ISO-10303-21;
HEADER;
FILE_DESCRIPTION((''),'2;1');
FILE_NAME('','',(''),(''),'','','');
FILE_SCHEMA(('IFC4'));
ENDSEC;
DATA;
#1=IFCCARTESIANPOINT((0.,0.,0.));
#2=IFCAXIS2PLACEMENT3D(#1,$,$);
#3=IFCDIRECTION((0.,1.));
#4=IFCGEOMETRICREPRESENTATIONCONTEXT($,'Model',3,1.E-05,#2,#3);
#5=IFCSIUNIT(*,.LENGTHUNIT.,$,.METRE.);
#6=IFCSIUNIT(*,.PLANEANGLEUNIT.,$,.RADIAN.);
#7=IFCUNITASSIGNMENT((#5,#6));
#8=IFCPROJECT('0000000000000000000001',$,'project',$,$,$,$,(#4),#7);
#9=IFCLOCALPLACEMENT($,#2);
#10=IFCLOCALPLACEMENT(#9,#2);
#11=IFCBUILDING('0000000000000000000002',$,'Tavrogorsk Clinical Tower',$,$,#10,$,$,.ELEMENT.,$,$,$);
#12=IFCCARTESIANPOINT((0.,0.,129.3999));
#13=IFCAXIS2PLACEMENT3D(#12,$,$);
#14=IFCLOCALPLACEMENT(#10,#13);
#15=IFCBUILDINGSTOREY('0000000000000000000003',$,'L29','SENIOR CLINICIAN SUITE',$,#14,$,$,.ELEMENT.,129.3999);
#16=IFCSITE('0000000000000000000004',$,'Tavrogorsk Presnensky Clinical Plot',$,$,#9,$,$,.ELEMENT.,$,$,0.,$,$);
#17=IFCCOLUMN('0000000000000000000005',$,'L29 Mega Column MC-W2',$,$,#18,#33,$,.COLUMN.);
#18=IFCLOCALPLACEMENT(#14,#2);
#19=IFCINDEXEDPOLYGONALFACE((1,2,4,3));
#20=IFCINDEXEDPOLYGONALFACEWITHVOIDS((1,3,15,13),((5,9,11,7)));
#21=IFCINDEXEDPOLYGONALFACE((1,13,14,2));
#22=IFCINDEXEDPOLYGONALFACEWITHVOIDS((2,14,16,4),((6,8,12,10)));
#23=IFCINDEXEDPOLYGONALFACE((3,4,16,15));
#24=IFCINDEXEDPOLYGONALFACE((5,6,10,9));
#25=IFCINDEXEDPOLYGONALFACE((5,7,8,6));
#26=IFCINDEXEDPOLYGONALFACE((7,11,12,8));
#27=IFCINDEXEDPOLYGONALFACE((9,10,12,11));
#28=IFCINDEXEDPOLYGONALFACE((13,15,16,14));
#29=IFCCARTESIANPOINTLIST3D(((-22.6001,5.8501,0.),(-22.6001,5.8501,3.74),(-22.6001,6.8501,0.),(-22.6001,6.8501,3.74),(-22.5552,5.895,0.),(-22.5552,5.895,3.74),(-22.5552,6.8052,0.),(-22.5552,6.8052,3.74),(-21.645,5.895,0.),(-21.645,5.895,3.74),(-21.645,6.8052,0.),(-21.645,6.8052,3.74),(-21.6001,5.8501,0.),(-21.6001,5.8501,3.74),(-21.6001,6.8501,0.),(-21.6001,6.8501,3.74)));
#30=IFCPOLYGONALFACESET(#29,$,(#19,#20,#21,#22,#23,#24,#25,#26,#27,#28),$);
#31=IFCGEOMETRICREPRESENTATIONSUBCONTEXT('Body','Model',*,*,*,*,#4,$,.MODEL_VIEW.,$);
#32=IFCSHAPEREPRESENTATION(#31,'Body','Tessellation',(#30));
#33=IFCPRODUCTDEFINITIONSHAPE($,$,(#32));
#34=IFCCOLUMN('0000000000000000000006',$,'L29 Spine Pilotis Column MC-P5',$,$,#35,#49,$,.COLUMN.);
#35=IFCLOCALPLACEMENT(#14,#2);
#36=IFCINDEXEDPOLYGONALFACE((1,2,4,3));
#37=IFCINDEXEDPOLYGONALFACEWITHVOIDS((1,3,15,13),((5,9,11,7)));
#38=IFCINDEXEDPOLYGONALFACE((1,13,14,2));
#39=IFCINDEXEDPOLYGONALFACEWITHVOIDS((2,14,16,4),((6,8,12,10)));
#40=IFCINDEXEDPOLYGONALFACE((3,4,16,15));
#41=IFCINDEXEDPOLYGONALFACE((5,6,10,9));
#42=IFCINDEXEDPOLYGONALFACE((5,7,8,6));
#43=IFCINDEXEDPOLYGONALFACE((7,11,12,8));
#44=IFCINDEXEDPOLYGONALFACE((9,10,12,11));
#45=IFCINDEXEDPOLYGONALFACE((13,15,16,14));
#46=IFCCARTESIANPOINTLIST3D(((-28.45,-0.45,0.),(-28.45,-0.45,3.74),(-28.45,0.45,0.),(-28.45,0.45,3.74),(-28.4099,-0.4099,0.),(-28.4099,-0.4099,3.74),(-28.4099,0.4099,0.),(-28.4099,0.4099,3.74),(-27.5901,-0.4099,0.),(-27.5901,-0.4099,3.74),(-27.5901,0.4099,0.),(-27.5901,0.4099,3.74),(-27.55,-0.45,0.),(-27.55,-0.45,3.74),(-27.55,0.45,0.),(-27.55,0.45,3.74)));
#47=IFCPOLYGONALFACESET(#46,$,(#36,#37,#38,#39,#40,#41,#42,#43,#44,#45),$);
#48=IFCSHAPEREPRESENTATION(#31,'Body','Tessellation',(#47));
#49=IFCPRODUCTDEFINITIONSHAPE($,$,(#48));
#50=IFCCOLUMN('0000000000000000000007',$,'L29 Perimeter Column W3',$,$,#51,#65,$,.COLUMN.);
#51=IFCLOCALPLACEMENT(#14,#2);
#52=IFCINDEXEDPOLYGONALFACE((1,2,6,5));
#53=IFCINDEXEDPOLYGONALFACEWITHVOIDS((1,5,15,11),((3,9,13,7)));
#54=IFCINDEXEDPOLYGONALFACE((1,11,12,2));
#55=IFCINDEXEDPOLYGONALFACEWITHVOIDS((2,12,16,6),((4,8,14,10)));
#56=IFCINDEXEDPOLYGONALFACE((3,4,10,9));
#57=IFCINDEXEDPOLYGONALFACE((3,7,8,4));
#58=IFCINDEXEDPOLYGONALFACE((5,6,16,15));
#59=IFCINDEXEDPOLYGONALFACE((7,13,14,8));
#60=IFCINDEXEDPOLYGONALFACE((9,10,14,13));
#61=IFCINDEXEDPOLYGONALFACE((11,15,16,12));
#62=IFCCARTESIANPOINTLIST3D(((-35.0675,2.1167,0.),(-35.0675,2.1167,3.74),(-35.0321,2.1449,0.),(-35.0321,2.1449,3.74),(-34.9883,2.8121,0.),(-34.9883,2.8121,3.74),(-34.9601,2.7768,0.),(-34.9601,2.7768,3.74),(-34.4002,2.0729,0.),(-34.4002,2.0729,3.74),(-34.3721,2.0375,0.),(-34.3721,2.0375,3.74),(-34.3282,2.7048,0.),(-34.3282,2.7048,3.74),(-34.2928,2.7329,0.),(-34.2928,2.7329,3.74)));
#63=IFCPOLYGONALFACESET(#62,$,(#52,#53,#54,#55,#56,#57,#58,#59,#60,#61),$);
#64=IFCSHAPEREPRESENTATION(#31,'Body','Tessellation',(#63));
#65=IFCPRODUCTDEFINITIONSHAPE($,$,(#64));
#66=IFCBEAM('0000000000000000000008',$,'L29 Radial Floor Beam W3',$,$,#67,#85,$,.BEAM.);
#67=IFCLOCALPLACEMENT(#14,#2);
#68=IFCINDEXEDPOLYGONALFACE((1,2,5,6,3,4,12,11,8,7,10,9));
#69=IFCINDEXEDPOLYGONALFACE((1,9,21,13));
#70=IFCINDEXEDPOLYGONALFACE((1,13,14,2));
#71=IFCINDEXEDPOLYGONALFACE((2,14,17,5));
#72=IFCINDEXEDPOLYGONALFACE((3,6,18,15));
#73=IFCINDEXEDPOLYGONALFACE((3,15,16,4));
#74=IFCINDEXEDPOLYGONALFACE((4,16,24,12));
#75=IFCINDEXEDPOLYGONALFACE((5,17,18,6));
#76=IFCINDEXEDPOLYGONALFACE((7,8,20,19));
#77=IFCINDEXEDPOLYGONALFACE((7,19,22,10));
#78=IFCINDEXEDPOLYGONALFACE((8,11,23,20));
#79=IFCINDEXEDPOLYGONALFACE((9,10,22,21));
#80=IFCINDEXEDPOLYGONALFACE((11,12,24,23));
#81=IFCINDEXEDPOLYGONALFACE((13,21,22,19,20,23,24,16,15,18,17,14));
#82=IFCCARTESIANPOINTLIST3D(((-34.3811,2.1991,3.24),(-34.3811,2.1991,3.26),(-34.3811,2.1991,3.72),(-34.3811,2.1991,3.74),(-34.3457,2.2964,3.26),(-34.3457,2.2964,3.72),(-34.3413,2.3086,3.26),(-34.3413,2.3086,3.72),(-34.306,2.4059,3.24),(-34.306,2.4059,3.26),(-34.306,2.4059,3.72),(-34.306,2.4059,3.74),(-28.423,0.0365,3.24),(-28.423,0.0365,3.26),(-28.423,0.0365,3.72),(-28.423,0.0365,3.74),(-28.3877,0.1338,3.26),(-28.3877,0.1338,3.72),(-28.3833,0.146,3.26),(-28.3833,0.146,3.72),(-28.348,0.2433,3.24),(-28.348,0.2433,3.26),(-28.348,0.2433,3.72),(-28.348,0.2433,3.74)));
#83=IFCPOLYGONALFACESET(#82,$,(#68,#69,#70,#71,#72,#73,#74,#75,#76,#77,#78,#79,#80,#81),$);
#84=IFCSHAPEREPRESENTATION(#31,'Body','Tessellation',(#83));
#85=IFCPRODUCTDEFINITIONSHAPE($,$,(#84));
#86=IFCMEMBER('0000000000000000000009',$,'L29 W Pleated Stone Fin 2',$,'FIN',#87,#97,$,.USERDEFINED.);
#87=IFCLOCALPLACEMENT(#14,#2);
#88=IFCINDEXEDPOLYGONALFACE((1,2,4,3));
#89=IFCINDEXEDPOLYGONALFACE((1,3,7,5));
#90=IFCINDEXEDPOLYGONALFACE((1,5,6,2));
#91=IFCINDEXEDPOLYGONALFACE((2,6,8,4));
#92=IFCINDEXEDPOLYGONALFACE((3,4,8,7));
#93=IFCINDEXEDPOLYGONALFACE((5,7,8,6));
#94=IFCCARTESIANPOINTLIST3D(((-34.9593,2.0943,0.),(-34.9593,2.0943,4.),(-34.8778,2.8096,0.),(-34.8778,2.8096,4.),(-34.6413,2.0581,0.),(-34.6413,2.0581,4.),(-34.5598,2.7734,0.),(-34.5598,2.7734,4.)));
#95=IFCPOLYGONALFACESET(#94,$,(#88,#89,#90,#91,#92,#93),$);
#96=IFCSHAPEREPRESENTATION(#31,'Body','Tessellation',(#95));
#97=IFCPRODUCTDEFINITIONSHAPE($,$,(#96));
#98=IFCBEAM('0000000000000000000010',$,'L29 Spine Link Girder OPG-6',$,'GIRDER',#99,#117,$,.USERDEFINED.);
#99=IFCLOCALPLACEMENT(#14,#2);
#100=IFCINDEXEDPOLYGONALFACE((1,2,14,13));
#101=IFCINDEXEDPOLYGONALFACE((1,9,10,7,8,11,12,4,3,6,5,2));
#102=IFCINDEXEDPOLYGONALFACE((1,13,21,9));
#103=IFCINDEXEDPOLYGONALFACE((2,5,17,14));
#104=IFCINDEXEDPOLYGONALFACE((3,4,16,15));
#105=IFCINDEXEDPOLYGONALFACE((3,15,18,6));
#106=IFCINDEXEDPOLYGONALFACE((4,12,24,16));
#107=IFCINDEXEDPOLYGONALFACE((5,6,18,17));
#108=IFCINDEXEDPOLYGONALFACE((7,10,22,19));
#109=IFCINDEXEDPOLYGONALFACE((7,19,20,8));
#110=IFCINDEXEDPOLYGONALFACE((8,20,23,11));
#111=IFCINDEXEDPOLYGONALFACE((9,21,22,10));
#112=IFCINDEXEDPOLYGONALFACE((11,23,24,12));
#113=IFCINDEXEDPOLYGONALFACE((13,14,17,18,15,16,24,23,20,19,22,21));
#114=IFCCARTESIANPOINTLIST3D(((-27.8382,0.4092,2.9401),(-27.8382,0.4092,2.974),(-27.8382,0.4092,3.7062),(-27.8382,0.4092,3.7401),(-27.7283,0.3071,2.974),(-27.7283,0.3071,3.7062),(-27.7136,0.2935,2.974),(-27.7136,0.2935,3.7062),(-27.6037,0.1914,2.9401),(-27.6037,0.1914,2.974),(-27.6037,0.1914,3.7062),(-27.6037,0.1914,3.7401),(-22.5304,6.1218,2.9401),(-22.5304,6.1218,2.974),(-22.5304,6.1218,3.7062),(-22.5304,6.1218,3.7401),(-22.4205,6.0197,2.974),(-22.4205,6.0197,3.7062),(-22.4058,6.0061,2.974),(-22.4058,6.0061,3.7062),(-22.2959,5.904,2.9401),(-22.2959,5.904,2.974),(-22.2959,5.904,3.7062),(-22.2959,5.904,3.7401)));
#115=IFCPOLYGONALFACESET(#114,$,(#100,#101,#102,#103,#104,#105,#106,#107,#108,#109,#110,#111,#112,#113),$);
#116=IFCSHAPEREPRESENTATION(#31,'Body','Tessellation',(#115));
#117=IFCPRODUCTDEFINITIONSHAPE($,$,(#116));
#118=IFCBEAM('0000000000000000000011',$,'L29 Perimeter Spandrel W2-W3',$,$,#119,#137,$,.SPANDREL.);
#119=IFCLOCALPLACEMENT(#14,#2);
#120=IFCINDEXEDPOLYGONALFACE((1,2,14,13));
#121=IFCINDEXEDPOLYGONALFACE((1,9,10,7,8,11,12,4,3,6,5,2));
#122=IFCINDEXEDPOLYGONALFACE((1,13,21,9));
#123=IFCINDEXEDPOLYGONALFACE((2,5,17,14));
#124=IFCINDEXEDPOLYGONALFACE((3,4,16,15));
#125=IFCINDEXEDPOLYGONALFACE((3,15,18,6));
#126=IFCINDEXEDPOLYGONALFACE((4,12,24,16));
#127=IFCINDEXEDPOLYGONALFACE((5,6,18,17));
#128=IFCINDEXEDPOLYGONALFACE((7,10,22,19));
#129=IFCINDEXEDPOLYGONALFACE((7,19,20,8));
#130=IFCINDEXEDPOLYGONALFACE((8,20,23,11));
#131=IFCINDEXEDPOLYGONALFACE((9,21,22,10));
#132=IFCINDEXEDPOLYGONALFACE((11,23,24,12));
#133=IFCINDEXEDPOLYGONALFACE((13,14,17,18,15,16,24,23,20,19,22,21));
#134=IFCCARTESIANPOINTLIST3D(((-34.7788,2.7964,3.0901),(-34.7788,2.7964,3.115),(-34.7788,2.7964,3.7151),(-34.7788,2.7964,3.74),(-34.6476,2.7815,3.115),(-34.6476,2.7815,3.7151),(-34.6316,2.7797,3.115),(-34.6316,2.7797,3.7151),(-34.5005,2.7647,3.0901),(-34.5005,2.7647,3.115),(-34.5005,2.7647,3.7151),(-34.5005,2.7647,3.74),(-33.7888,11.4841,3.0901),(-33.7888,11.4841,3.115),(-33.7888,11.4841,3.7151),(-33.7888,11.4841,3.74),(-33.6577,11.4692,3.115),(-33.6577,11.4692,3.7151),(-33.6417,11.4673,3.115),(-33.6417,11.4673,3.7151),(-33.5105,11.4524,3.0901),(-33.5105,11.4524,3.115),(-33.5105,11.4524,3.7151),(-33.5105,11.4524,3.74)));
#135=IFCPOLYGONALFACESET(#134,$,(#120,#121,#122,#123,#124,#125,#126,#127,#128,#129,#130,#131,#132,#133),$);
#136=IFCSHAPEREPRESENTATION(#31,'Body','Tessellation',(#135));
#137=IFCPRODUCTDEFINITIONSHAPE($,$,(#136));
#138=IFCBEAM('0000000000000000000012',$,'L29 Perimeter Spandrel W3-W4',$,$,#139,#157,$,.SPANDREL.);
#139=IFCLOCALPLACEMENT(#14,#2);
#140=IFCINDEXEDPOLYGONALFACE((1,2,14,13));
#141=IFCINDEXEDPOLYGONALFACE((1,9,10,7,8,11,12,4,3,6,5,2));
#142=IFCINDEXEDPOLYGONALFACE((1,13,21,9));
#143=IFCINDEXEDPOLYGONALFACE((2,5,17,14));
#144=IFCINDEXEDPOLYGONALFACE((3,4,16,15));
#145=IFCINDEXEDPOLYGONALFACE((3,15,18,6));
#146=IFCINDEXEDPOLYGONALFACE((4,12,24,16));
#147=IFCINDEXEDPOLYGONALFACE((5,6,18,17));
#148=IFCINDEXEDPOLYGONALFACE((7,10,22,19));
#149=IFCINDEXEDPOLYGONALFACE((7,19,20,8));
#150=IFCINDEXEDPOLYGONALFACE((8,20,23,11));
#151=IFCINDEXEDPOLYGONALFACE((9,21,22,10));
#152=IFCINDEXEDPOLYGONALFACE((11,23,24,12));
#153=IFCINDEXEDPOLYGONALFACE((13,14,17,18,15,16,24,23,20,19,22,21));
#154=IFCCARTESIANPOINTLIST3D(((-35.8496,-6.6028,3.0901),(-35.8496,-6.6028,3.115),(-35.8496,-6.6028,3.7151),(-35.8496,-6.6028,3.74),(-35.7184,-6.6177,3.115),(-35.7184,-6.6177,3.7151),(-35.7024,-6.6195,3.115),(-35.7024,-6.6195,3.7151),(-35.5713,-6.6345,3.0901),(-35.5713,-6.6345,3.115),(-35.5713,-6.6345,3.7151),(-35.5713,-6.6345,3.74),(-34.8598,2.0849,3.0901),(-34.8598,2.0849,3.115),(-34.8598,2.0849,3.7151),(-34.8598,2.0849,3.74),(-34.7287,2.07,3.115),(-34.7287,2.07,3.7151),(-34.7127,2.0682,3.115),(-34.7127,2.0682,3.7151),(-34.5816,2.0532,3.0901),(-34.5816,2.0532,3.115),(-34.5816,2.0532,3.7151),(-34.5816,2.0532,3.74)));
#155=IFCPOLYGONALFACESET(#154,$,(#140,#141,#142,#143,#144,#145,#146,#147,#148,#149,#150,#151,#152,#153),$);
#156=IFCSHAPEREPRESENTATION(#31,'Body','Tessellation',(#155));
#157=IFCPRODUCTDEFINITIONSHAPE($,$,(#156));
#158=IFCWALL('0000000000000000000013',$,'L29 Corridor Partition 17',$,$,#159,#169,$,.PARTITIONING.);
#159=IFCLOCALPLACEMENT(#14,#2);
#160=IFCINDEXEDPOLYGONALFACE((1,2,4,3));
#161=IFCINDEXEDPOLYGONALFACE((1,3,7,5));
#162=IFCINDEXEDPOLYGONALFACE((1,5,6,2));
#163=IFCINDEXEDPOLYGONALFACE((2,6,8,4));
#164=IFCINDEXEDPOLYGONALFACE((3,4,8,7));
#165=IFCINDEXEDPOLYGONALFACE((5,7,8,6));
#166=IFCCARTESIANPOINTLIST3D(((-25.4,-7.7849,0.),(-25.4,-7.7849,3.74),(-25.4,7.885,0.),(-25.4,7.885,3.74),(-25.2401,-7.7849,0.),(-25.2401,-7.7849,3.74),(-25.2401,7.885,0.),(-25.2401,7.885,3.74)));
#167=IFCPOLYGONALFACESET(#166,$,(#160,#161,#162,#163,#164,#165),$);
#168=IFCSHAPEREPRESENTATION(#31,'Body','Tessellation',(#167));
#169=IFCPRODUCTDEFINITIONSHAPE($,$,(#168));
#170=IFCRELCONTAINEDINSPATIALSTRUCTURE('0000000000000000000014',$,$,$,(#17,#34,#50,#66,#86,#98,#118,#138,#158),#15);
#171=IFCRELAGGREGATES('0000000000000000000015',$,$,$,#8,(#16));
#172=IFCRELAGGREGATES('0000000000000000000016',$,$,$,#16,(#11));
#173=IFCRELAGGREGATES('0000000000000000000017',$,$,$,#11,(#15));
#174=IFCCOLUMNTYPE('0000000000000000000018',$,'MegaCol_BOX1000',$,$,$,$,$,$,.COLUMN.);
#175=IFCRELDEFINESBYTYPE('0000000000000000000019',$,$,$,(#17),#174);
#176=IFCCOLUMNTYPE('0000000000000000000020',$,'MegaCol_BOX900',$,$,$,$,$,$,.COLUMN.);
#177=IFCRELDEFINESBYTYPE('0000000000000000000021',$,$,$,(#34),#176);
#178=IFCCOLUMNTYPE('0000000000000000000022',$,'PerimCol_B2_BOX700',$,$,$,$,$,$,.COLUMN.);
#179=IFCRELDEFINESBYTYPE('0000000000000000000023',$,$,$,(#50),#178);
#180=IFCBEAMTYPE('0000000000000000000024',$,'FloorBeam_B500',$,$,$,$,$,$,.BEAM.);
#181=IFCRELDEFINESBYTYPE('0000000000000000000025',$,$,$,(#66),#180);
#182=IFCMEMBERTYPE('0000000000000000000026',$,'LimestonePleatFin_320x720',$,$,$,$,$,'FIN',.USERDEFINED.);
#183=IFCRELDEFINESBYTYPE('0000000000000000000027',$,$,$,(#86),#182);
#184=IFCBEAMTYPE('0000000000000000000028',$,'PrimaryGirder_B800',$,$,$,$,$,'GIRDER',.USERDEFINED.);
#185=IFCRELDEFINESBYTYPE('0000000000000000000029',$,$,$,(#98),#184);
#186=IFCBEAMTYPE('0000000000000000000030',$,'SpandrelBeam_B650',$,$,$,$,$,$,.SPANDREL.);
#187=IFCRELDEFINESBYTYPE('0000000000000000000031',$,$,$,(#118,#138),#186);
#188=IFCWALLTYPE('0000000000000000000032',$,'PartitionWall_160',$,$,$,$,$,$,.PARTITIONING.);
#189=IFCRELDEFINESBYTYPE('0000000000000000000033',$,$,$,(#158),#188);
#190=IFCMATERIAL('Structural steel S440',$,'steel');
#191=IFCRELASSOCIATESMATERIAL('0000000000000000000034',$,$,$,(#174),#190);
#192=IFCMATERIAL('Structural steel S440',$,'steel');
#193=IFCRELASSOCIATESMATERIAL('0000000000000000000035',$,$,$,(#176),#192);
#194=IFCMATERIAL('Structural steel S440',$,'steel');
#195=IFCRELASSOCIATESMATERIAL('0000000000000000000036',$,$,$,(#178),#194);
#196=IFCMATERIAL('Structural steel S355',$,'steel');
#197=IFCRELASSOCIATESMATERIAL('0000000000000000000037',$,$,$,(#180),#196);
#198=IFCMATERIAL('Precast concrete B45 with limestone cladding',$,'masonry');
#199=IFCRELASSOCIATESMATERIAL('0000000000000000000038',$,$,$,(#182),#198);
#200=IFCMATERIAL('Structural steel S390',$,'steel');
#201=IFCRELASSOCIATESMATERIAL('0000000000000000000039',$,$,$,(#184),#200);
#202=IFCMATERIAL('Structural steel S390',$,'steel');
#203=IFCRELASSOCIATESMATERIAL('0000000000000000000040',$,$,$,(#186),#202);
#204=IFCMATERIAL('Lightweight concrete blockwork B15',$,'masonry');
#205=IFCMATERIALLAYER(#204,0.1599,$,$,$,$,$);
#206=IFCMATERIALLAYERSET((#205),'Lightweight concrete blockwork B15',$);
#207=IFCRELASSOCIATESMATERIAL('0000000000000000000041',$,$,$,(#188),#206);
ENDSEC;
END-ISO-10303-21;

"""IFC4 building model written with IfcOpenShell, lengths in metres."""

from ifc_helpers import new_model, si_unit, direction, frame, frame_2d, origin, origin_2d, place, context, subcontext, project, spatial, rectangle, hollow_rectangle, i_section, extrude, material, layer, layer_set, material_profile, profile_set, type_object, element, save


model = new_model("IFC4")

# Units and contexts
model_context = context("Model", 3, precision=1e-05, world=origin(), true_north=direction((0.0, 1.0)))
body_context = subcontext(model_context, "Body", "Model", "MODEL_VIEW")
ifc_project = project(units=[si_unit("LENGTHUNIT", "METRE"), si_unit("PLANEANGLEUNIT", "RADIAN")], contexts=[model_context])

# Site, building, storey
site_placement = place(None, origin())
site = spatial("IfcSite", under=ifc_project, at=site_placement, Name="Tavrogorsk Presnensky Clinical Plot", CompositionType="ELEMENT", RefElevation=0.0)
building_placement = place(site_placement, origin())
building = spatial("IfcBuilding", under=site, at=building_placement, Name="Tavrogorsk Clinical Tower", CompositionType="ELEMENT")
storey_placement = place(building_placement, frame((0.0, 0.0, 129.3999)))
storey = spatial("IfcBuildingStorey", under=building, at=storey_placement, Name="L29", Description="SENIOR CLINICIAN SUITE", CompositionType="ELEMENT", Elevation=129.3999)

# Columns
ifc_material_1 = material(Name="Structural steel S440", Category="steel")
ifc_material_profile_1 = material_profile(ifc_material_1, hollow_rectangle(XDim=1.0, YDim=1.0, WallThickness=0.0449, at=origin_2d()), Name="BOX-1000x1000x45")
ifc_profile_set_1 = profile_set([ifc_material_profile_1], Name="Structural steel S440")
column_type_1 = type_object("IfcColumnType", Name="MegaCol_BOX1000", PredefinedType="COLUMN", material=ifc_profile_set_1)
column_1_placement = place(storey_placement, frame((-22.1001, 6.3501, 0.0), z_axis=(0.0, 0.0, 1.0), x_axis=(1.0, 0.0, 0.0)))
element("IfcColumn", 1, at=column_1_placement, inside=storey, type_object=column_type_1, Name="L29 Mega Column MC-W2", PredefinedType="COLUMN", context=body_context, shape_type="SweptSolid", body=[
    extrude(hollow_rectangle(XDim=1.0, YDim=1.0, WallThickness=0.0449, at=origin_2d()), origin(), (0.0, 0.0, 1.0), 3.74),
])
ifc_material_2 = material(Name="Structural steel S440", Category="steel")
ifc_material_profile_2 = material_profile(ifc_material_2, hollow_rectangle(XDim=0.8999, YDim=0.8999, WallThickness=0.04, at=origin_2d()), Name="BOX-900x900x40")
ifc_profile_set_2 = profile_set([ifc_material_profile_2], Name="Structural steel S440")
column_type_2 = type_object("IfcColumnType", Name="MegaCol_BOX900", PredefinedType="COLUMN", material=ifc_profile_set_2)
column_2_placement = place(storey_placement, frame((-28.0, 0.0, 0.0), z_axis=(0.0, 0.0, 1.0), x_axis=(1.0, 0.0, 0.0)))
element("IfcColumn", 2, at=column_2_placement, inside=storey, type_object=column_type_2, Name="L29 Spine Pilotis Column MC-P5", PredefinedType="COLUMN", context=body_context, shape_type="SweptSolid", body=[
    extrude(hollow_rectangle(XDim=0.8999, YDim=0.8999, WallThickness=0.04, at=origin_2d()), origin(), (0.0, 0.0, 1.0), 3.74),
])
ifc_material_3 = material(Name="Structural steel S440", Category="steel")
ifc_material_profile_3 = material_profile(ifc_material_3, hollow_rectangle(XDim=0.7, YDim=0.7, WallThickness=0.032, at=origin_2d()), Name="BOX-700x700x32")
ifc_profile_set_3 = profile_set([ifc_material_profile_3], Name="Structural steel S440")
column_type_3 = type_object("IfcColumnType", Name="PerimCol_B2_BOX700", PredefinedType="COLUMN", material=ifc_profile_set_3)
column_3_placement = place(storey_placement, frame((-34.6802, 2.4248, 0.0), z_axis=(0.0, 0.0, 1.0), x_axis=(0.993572, -0.113203, 0.0)))
element("IfcColumn", 3, at=column_3_placement, inside=storey, type_object=column_type_3, Name="L29 Perimeter Column W3", PredefinedType="COLUMN", context=body_context, shape_type="SweptSolid", body=[
    extrude(hollow_rectangle(XDim=0.7, YDim=0.7, WallThickness=0.032, at=origin_2d()), origin(), (0.0, 0.0, 1.0), 3.74),
])

# Beam
ifc_material_4 = material(Name="Structural steel S355", Category="steel")
ifc_material_profile_4 = material_profile(ifc_material_4, i_section(OverallWidth=0.22, OverallDepth=0.5, WebThickness=0.0129, FlangeThickness=0.02, at=origin_2d()), Name="B-500x220x13x20")
ifc_profile_set_4 = profile_set([ifc_material_profile_4], Name="Structural steel S355")
beam_type_1 = type_object("IfcBeamType", Name="FloorBeam_B500", PredefinedType="BEAM", material=ifc_profile_set_4)
beam_1_placement = place(storey_placement, frame((-28.3855, 0.1399, 3.49), z_axis=(-0.939993, 0.341193, 0.0), x_axis=(-0.341193, -0.939993, 0.0)))
element("IfcBeam", 4, at=beam_1_placement, inside=storey, type_object=beam_type_1, Name="L29 Radial Floor Beam W3", PredefinedType="BEAM", context=body_context, shape_type="SweptSolid", body=[
    extrude(i_section(OverallWidth=0.22, OverallDepth=0.5, WebThickness=0.0129, FlangeThickness=0.02, at=origin_2d()), origin(), (0.0, 0.0, 1.0), 6.3384),
])

# Member
ifc_material_5 = material(Name="Precast concrete B45 with limestone cladding", Category="masonry")
ifc_material_profile_5 = material_profile(ifc_material_5, rectangle(XDim=0.3201, YDim=0.72, at=origin_2d()), Name="LIMESTONE-FIN-320x720")
ifc_profile_set_5 = profile_set([ifc_material_profile_5], Name="Precast concrete B45 with limestone cladding")
member_type = type_object("IfcMemberType", Name="LimestonePleatFin_320x720", ElementType="FIN", PredefinedType="USERDEFINED", material=ifc_profile_set_5)
member_placement = place(storey_placement, frame((-34.7595, 2.4338, 0.0), z_axis=(0.0, 0.0, 1.0), x_axis=(0.993572, -0.113203, 0.0)))
element("IfcMember", 5, at=member_placement, inside=storey, type_object=member_type, Name="L29 W Pleated Stone Fin 2", ObjectType="FIN", PredefinedType="USERDEFINED", context=body_context, shape_type="SweptSolid", body=[
    extrude(rectangle(XDim=0.3201, YDim=0.72, at=origin_2d()), origin(), (0.0, 0.0, 1.0), 4.0),
])

# Beams
ifc_material_6 = material(Name="Structural steel S390", Category="steel")
ifc_material_profile_6 = material_profile(ifc_material_6, i_section(OverallWidth=0.3201, OverallDepth=0.8, WebThickness=0.02, FlangeThickness=0.0339, at=origin_2d()), Name="B-800x320x20x34")
ifc_profile_set_6 = profile_set([ifc_material_profile_6], Name="Structural steel S390")
beam_type_2 = type_object("IfcBeamType", Name="PrimaryGirder_B800", ElementType="GIRDER", PredefinedType="USERDEFINED", material=ifc_profile_set_6)
beam_2_placement = place(storey_placement, frame((-27.7209, 0.3003, 3.3401), z_axis=(0.680676, 0.732585, 0.0), x_axis=(-0.732585, 0.680676, 0.0)))
element("IfcBeam", 6, at=beam_2_placement, inside=storey, type_object=beam_type_2, Name="L29 Spine Link Girder OPG-6", ObjectType="GIRDER", PredefinedType="USERDEFINED", context=body_context, shape_type="SweptSolid", body=[
    extrude(i_section(OverallWidth=0.3201, OverallDepth=0.8, WebThickness=0.02, FlangeThickness=0.0339, at=origin_2d()), origin(), (0.0, 0.0, 1.0), 7.7979),
])
ifc_material_7 = material(Name="Structural steel S390", Category="steel")
ifc_material_profile_7 = material_profile(ifc_material_7, i_section(OverallWidth=0.28, OverallDepth=0.6499, WebThickness=0.0161, FlangeThickness=0.0249, at=origin_2d()), Name="B-650x280x16x25")
ifc_profile_set_7 = profile_set([ifc_material_profile_7], Name="Structural steel S390")
beam_type_3 = type_object("IfcBeamType", Name="SpandrelBeam_B650", PredefinedType="SPANDREL", material=ifc_profile_set_7)
for number, where, z_axis, x_axis, name in (
    (7, (-33.6497, 11.4683, 3.415), (-0.11322, -0.99357, 0.0), (0.99357, -0.11322, 0.0), "L29 Perimeter Spandrel W2-W3"),
    (8, (-34.7207, 2.0691, 3.415), (-0.113192, -0.993573, 0.0), (0.993573, -0.113192, 0.0), "L29 Perimeter Spandrel W3-W4"),
):
    element("IfcBeam", number, at=place(storey_placement, frame(where, z_axis=z_axis, x_axis=x_axis)), inside=storey, type_object=beam_type_3, Name=name, PredefinedType="SPANDREL", context=body_context, shape_type="SweptSolid", body=[
        extrude(i_section(OverallWidth=0.28, OverallDepth=0.6499, WebThickness=0.0161, FlangeThickness=0.0249, at=origin_2d()), origin(), (0.0, 0.0, 1.0), 8.7439),
    ])

# Shared definitions
ifc_material_8 = material(Name="Lightweight concrete blockwork B15", Category="masonry")
ifc_layer_1 = layer(ifc_material_8, 0.1599)
ifc_layer_set_1 = layer_set([ifc_layer_1], Name="Lightweight concrete blockwork B15")
wall_type_1 = type_object("IfcWallType", Name="PartitionWall_160", PredefinedType="PARTITIONING", material=ifc_layer_set_1)

# Wall
wall_1_placement = place(storey_placement, frame((-25.3201, 7.885, 0.0), z_axis=(0.0, 0.0, 1.0), x_axis=(0.0, -1.0, 0.0)))
element("IfcWall", 9, at=wall_1_placement, inside=storey, type_object=wall_type_1, Name="L29 Corridor Partition 17", PredefinedType="PARTITIONING", context=body_context, shape_type="SweptSolid", body=[
    extrude(rectangle(XDim=15.6699, YDim=0.1599, at=frame_2d((7.835, 0.0))), origin(), (0.0, 0.0, 1.0), 3.74),
])

save(model, "model.ifc")
